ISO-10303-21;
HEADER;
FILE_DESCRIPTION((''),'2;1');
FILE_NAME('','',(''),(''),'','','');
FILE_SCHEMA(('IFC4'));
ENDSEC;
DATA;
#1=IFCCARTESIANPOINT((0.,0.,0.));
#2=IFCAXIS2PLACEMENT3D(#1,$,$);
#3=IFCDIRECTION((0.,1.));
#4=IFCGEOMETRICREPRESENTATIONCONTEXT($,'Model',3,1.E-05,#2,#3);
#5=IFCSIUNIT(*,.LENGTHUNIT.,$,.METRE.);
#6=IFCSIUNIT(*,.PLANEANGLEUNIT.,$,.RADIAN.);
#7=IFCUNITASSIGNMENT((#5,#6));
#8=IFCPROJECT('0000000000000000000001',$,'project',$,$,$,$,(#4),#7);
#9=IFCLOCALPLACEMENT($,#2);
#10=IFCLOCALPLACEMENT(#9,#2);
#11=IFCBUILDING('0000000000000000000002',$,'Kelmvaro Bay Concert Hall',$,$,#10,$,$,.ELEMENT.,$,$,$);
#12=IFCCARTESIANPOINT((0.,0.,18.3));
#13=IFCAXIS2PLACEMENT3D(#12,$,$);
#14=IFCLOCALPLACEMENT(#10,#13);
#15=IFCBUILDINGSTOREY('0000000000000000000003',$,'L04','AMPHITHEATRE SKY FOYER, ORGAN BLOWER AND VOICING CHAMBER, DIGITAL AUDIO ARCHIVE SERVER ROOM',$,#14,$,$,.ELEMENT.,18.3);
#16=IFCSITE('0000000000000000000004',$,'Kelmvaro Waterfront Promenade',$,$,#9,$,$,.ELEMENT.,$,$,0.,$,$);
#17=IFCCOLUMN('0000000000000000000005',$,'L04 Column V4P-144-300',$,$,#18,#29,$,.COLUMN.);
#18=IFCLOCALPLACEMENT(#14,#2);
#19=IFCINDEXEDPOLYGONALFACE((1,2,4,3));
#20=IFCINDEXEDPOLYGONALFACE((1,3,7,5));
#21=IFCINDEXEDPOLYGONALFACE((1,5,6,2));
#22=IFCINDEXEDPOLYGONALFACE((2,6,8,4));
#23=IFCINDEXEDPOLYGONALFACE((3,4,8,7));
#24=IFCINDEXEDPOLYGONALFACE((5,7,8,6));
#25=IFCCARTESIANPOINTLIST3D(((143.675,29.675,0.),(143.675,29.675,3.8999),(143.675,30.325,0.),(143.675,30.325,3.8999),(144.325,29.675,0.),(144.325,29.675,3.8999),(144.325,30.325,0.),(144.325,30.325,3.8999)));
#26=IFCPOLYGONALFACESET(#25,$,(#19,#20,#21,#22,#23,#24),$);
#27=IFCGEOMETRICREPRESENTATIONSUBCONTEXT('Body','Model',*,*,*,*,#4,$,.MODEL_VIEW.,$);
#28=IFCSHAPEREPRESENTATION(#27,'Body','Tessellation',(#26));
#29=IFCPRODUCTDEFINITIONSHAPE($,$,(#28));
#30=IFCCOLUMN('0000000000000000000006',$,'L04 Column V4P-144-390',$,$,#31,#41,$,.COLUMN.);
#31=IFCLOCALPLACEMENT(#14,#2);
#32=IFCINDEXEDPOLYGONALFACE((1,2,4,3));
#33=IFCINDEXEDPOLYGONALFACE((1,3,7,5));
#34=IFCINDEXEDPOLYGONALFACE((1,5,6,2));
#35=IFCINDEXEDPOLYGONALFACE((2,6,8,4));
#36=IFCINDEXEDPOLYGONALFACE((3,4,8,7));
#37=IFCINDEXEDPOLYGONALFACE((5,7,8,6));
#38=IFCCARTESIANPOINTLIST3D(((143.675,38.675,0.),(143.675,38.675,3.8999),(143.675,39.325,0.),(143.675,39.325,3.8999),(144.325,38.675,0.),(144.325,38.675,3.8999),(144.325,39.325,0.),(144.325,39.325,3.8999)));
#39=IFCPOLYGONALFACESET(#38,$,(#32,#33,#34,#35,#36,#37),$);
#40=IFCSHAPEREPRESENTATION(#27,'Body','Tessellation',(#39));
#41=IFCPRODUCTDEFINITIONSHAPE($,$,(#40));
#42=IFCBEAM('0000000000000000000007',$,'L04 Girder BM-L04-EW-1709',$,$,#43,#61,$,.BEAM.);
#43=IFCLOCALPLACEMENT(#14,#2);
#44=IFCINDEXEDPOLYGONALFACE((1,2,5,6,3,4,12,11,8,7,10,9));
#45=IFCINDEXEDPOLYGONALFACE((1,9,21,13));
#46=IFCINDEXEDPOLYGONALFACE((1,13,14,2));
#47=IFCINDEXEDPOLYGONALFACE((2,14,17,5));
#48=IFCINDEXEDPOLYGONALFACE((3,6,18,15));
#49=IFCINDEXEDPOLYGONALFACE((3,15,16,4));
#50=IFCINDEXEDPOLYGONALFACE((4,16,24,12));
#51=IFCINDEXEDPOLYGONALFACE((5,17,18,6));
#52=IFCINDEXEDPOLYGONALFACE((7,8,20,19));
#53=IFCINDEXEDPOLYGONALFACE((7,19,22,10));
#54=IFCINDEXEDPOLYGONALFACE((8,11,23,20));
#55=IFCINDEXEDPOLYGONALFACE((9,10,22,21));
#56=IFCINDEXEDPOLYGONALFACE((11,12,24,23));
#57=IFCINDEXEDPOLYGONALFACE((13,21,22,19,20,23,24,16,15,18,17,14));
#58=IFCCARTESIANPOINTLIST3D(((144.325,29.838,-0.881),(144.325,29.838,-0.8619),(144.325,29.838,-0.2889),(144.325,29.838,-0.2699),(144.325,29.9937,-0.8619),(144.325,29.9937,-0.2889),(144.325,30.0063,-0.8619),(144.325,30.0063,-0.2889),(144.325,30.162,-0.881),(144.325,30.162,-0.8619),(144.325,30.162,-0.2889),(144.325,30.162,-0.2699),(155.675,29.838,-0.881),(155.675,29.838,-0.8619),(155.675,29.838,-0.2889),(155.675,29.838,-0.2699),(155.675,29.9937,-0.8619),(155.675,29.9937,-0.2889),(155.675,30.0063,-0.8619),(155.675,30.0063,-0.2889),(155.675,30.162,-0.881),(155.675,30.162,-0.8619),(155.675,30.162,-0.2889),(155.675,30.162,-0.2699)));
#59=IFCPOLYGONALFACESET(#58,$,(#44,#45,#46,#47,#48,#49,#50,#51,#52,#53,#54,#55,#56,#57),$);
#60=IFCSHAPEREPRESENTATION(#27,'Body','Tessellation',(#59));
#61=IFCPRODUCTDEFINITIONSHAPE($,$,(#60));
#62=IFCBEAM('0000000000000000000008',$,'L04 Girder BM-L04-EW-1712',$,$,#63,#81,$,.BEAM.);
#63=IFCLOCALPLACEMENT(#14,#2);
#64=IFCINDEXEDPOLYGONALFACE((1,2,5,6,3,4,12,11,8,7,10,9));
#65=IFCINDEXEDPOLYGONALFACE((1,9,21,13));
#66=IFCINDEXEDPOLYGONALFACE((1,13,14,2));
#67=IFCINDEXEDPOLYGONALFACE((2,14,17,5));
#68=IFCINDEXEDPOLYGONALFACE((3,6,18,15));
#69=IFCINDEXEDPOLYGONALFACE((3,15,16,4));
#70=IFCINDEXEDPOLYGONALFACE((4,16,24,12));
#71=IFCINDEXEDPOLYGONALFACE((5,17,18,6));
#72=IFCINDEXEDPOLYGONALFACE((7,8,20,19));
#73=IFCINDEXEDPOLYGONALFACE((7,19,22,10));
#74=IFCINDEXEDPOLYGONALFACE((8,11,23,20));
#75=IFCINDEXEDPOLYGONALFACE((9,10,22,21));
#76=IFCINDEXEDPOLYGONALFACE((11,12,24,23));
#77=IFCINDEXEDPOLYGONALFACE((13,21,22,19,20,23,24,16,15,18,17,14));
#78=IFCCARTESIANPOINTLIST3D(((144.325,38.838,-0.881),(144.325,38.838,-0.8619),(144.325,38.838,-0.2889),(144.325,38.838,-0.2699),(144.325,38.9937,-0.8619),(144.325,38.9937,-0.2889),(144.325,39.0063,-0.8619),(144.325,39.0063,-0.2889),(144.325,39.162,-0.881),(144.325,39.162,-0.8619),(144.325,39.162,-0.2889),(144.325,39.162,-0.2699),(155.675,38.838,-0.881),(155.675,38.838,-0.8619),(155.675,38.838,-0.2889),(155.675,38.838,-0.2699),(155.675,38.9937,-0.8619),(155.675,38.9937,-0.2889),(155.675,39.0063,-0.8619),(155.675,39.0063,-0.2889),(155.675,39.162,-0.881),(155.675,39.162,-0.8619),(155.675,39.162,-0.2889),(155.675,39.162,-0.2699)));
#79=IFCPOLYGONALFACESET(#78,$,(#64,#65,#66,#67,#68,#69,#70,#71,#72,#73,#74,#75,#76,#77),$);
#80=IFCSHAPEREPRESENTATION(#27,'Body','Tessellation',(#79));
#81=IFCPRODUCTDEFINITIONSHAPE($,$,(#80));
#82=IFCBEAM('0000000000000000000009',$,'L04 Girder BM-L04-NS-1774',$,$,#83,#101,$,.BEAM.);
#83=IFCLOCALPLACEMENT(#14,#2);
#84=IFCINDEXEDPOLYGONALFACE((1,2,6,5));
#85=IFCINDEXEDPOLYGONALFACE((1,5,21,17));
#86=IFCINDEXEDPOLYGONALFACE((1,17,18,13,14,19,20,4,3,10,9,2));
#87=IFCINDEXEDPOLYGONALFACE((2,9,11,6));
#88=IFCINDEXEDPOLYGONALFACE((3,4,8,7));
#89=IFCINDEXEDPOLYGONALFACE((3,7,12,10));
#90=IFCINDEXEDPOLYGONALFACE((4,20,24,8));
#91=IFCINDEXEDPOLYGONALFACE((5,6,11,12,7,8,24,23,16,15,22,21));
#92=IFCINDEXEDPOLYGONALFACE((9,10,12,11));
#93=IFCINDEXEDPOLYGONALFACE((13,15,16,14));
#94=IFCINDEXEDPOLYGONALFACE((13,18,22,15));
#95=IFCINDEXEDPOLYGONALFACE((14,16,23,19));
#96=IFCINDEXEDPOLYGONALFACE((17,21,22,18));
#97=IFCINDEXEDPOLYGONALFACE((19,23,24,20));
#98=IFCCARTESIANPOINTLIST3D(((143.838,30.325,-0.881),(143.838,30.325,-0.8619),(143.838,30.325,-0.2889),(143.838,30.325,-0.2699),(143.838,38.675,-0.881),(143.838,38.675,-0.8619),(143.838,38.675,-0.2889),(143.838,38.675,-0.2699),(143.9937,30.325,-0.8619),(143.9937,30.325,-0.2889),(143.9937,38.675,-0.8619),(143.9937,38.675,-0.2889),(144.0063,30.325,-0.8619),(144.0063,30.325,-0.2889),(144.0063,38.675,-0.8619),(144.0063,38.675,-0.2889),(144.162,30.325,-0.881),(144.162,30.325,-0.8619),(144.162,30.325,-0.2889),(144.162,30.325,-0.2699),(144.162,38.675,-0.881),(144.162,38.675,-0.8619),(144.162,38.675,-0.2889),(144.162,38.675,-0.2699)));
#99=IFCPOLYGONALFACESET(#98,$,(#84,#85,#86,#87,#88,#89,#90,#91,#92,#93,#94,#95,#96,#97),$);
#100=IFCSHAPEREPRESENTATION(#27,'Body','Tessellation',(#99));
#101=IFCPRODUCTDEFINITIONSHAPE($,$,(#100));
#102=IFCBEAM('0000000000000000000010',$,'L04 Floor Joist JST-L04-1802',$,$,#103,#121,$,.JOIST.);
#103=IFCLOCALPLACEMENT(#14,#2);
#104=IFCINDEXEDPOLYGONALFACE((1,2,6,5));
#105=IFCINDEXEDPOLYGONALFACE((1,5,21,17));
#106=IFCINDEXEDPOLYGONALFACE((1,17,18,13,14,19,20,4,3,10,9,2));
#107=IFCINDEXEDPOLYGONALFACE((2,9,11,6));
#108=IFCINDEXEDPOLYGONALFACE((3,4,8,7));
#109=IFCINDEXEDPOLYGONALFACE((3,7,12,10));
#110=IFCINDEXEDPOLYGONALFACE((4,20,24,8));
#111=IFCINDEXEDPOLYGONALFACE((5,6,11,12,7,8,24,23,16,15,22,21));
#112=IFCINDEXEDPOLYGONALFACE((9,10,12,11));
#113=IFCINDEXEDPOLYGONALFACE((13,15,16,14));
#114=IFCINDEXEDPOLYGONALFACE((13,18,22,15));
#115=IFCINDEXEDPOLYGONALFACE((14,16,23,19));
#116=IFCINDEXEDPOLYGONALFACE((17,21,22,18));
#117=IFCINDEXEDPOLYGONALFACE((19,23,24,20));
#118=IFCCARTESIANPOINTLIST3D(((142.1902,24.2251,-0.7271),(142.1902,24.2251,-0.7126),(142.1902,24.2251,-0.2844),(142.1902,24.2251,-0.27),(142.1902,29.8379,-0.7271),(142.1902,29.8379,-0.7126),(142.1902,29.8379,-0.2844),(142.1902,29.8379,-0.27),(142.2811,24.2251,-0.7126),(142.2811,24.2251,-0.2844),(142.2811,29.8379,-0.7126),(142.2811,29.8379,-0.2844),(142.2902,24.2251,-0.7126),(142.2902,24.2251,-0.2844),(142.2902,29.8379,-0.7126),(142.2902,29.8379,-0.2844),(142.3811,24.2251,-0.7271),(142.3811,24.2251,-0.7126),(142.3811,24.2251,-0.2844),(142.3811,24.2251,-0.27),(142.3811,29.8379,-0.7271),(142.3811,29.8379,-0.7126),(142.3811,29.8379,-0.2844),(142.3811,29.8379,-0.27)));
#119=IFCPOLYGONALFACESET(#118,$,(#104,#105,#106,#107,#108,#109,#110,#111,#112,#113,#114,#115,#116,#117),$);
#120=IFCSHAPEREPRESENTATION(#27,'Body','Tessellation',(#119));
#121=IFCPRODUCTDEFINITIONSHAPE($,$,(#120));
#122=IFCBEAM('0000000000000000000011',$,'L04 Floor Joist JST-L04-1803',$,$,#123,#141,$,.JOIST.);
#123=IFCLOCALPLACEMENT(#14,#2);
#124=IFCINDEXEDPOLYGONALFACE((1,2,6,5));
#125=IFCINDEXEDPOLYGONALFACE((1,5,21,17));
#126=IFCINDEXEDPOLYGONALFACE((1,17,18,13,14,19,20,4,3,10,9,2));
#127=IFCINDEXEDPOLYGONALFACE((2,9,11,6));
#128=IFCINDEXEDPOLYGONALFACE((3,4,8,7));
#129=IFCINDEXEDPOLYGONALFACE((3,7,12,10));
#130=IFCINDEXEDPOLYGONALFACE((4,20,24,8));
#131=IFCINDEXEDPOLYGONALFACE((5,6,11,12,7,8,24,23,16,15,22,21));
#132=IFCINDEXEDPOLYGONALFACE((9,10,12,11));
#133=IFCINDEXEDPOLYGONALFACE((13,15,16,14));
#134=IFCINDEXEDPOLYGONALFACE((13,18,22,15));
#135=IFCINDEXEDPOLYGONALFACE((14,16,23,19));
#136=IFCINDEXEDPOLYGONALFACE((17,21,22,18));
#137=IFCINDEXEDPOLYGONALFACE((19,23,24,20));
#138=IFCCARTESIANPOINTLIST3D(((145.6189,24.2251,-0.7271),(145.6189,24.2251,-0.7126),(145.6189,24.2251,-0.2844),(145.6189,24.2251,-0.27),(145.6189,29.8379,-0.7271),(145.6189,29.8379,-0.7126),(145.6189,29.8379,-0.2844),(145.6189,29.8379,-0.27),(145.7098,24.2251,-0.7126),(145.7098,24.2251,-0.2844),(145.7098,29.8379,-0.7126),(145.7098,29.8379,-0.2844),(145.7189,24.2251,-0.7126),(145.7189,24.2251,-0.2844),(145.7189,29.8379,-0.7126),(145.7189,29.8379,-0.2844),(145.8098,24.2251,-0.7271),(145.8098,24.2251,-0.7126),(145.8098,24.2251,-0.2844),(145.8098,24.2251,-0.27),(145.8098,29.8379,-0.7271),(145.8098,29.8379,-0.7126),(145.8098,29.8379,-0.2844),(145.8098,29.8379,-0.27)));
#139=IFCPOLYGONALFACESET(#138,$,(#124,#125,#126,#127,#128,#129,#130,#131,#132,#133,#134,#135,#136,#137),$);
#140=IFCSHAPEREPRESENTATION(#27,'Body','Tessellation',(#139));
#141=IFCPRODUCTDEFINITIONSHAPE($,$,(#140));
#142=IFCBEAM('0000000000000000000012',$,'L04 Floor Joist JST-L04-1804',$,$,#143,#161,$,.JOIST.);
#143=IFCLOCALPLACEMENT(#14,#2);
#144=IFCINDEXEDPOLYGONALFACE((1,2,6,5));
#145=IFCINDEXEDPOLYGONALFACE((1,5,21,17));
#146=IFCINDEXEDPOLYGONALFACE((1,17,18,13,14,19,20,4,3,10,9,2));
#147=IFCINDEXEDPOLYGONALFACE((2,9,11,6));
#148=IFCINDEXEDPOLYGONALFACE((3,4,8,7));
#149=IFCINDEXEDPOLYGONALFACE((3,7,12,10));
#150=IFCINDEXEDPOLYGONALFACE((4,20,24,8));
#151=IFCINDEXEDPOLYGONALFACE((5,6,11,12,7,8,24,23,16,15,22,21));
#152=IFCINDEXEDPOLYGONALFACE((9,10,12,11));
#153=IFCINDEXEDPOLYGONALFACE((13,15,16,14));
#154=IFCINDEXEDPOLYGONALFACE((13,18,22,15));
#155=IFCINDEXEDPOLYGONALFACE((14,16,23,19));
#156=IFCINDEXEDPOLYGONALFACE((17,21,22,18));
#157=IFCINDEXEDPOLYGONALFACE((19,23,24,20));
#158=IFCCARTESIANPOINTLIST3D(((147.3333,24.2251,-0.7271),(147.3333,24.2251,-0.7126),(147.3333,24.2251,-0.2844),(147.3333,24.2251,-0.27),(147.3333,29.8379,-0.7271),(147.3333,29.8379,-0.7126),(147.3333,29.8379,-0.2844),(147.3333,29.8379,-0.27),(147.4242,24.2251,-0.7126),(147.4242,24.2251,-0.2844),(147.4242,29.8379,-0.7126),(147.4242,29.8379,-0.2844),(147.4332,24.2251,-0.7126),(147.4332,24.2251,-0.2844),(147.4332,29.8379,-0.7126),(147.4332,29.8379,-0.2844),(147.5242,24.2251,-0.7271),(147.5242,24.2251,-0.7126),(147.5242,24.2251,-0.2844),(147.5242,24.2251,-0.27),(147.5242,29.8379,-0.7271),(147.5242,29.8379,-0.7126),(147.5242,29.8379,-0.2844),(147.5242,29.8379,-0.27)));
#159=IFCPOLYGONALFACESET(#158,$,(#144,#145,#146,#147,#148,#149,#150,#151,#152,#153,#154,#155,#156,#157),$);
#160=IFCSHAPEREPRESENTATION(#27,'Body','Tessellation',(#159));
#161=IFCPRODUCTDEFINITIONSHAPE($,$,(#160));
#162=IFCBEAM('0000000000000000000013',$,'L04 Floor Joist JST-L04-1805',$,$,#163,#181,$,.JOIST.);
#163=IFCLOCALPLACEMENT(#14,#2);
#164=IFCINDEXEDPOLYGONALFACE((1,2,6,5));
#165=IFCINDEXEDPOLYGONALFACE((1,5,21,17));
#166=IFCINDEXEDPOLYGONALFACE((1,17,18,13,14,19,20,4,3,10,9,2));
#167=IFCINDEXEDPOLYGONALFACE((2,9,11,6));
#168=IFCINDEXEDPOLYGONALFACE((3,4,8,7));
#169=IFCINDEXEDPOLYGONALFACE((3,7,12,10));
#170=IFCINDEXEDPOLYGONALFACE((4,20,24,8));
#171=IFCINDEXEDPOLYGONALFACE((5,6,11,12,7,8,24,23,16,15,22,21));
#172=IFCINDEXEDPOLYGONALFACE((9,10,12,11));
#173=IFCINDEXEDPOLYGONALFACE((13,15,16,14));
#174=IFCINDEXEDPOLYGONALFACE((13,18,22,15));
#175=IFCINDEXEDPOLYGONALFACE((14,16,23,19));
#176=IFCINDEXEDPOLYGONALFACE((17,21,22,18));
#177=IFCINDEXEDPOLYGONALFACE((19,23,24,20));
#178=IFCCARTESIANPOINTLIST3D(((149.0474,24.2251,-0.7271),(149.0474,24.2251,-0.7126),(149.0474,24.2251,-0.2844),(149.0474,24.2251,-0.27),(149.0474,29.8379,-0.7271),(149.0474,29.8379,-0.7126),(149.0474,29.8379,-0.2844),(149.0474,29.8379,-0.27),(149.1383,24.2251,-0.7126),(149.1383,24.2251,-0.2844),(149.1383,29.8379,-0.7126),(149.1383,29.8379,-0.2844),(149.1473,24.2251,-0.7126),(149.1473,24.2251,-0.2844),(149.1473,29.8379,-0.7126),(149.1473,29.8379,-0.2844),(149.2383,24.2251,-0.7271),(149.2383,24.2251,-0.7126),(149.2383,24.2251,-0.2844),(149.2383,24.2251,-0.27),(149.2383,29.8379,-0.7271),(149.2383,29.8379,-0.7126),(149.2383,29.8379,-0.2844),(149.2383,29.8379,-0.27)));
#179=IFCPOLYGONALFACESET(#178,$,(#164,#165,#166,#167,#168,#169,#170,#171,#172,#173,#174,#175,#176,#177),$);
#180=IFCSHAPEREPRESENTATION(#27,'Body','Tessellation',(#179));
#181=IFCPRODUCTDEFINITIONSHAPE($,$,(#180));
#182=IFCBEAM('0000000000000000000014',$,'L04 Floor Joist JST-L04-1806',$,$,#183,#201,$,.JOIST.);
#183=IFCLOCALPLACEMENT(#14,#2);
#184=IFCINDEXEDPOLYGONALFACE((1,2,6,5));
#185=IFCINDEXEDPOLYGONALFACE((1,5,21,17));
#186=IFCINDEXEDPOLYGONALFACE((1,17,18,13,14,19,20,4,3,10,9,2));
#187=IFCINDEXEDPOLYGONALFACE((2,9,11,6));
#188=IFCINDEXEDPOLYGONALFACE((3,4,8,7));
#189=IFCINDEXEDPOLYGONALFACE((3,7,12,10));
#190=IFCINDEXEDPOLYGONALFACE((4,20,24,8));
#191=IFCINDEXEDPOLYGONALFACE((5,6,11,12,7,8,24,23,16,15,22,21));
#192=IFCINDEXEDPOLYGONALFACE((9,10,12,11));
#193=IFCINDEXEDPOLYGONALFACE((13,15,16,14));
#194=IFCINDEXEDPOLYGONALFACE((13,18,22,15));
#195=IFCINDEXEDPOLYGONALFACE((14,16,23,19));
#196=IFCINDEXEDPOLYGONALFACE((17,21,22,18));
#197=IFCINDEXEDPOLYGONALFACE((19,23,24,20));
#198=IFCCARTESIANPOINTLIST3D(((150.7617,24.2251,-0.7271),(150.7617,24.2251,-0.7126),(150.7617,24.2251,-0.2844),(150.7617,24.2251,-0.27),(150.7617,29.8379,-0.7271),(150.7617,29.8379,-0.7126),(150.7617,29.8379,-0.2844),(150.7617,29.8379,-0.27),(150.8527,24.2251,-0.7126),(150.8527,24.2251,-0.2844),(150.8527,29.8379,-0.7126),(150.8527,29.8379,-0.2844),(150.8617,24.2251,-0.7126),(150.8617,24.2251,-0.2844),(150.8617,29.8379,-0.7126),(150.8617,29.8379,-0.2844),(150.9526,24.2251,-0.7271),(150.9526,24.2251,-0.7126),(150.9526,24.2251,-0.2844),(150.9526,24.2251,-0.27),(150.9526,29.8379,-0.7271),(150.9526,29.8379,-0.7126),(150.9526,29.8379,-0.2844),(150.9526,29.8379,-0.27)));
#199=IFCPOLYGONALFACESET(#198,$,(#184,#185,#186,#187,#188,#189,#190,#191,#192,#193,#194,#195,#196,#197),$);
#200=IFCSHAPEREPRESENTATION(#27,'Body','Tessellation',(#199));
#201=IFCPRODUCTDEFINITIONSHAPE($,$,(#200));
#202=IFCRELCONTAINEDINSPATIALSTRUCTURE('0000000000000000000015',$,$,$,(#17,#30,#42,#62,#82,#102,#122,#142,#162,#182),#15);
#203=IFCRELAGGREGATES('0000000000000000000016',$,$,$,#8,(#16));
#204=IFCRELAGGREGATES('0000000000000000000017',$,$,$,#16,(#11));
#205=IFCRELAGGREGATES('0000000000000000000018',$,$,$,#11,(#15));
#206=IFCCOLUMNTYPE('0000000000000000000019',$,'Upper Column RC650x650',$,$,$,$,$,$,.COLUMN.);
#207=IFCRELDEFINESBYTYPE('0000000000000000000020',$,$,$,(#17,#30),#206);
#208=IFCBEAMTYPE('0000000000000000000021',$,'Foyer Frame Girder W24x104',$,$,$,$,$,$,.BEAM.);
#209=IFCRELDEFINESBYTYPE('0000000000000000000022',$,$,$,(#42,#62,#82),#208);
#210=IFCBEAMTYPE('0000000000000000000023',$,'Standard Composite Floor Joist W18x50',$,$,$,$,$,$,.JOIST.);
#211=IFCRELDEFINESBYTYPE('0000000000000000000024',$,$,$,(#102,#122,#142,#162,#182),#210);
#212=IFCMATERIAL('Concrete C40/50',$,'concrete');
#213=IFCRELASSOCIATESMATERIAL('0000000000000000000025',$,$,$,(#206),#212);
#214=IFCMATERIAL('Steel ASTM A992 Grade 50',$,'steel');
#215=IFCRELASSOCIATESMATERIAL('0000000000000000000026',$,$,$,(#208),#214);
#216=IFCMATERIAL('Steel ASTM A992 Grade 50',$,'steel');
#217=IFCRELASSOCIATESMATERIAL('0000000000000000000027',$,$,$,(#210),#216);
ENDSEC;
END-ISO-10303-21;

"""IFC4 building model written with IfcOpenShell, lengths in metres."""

from ifc_helpers import new_model, si_unit, direction, frame, origin, origin_2d, place, context, subcontext, project, spatial, rectangle, i_section, extrude, material, material_profile, profile_set, type_object, element, save


model = new_model("IFC4")

# Units and contexts
model_context = context("Model", 3, precision=1e-05, world=origin(), true_north=direction((0.0, 1.0)))
body_context = subcontext(model_context, "Body", "Model", "MODEL_VIEW")
ifc_project = project(units=[si_unit("LENGTHUNIT", "METRE"), si_unit("PLANEANGLEUNIT", "RADIAN")], contexts=[model_context])

# Site, building, storey
site_placement = place(None, origin())
site = spatial("IfcSite", under=ifc_project, at=site_placement, Name="Kelmvaro Waterfront Promenade", CompositionType="ELEMENT", RefElevation=0.0)
building_placement = place(site_placement, origin())
building = spatial("IfcBuilding", under=site, at=building_placement, Name="Kelmvaro Bay Concert Hall", CompositionType="ELEMENT")
storey_placement = place(building_placement, frame((0.0, 0.0, 18.3)))
storey = spatial("IfcBuildingStorey", under=building, at=storey_placement, Name="L04", Description="AMPHITHEATRE SKY FOYER, ORGAN BLOWER AND VOICING CHAMBER, DIGITAL AUDIO ARCHIVE SERVER ROOM", CompositionType="ELEMENT", Elevation=18.3)

# Columns
ifc_material_1 = material(Name="Concrete C40/50", Category="concrete")
ifc_material_profile_1 = material_profile(ifc_material_1, rectangle(XDim=0.6499, YDim=0.6499, at=origin_2d()), Name="RC-COL-650X650")
ifc_profile_set_1 = profile_set([ifc_material_profile_1], Name="Concrete C40/50")
column_type = type_object("IfcColumnType", Name="Upper Column RC650x650", PredefinedType="COLUMN", material=ifc_profile_set_1)
for number, where, z_axis, x_axis, name in (
    (1, (144.0, 30.0, 0.0), (0.0, 0.0, 1.0), (1.0, 0.0, 0.0), "L04 Column V4P-144-300"),
    (2, (144.0, 39.0, 0.0), (0.0, 0.0, 1.0), (1.0, 0.0, 0.0), "L04 Column V4P-144-390"),
):
    element("IfcColumn", number, at=place(storey_placement, frame(where, z_axis=z_axis, x_axis=x_axis)), inside=storey, type_object=column_type, Name=name, PredefinedType="COLUMN", context=body_context, shape_type="SweptSolid", body=[
        extrude(rectangle(XDim=0.6499, YDim=0.6499, at=origin_2d()), origin(), (0.0, 0.0, 1.0), 3.8999),
    ])

# Beams
ifc_material_2 = material(Name="Steel ASTM A992 Grade 50", Category="steel")
ifc_material_profile_2 = material_profile(ifc_material_2, i_section(OverallWidth=0.324, OverallDepth=0.6111, WebThickness=0.0127, FlangeThickness=0.019, at=origin_2d()), Name="W24X104")
ifc_profile_set_2 = profile_set([ifc_material_profile_2], Name="Steel ASTM A992 Grade 50")
beam_type_1 = type_object("IfcBeamType", Name="Foyer Frame Girder W24x104", PredefinedType="BEAM", material=ifc_profile_set_2)
for number, where, z_axis, x_axis, name in (
    (3, (144.325, 30.0, -0.5754), (1.0, 0.0, 0.0), (0.0, 1.0, 0.0), "L04 Girder BM-L04-EW-1709"),
    (4, (144.325, 39.0, -0.5754), (1.0, 0.0, 0.0), (0.0, 1.0, 0.0), "L04 Girder BM-L04-EW-1712"),
):
    element("IfcBeam", number, at=place(storey_placement, frame(where, z_axis=z_axis, x_axis=x_axis)), inside=storey, type_object=beam_type_1, Name=name, PredefinedType="BEAM", context=body_context, shape_type="SweptSolid", body=[
        extrude(i_section(OverallWidth=0.324, OverallDepth=0.6111, WebThickness=0.0127, FlangeThickness=0.019, at=origin_2d()), origin(), (0.0, 0.0, 1.0), 11.3501),
    ])
beam_1_placement = place(storey_placement, frame((144.0, 30.325, -0.5754), z_axis=(0.0, 1.0, 0.0), x_axis=(-1.0, 0.0, 0.0)))
element("IfcBeam", 5, at=beam_1_placement, inside=storey, type_object=beam_type_1, Name="L04 Girder BM-L04-NS-1774", PredefinedType="BEAM", context=body_context, shape_type="SweptSolid", body=[
    extrude(i_section(OverallWidth=0.324, OverallDepth=0.6111, WebThickness=0.0127, FlangeThickness=0.019, at=origin_2d()), origin(), (0.0, 0.0, 1.0), 8.3501),
])
ifc_material_3 = material(Name="Steel ASTM A992 Grade 50", Category="steel")
ifc_material_profile_3 = material_profile(ifc_material_3, i_section(OverallWidth=0.1909, OverallDepth=0.457, WebThickness=0.009, FlangeThickness=0.0144, at=origin_2d()), Name="W18X50")
ifc_profile_set_3 = profile_set([ifc_material_profile_3], Name="Steel ASTM A992 Grade 50")
beam_type_2 = type_object("IfcBeamType", Name="Standard Composite Floor Joist W18x50", PredefinedType="JOIST", material=ifc_profile_set_3)
for number, where, z_axis, x_axis, name in (
    (6, (142.2856, 24.2251, -0.4985), (0.0, 1.0, 0.0), (-1.0, 0.0, 0.0), "L04 Floor Joist JST-L04-1802"),
    (7, (145.7144, 24.2251, -0.4985), (0.0, 1.0, 0.0), (-1.0, 0.0, 0.0), "L04 Floor Joist JST-L04-1803"),
    (8, (147.4287, 24.2251, -0.4985), (0.0, 1.0, 0.0), (-1.0, 0.0, 0.0), "L04 Floor Joist JST-L04-1804"),
    (9, (149.1428, 24.2251, -0.4985), (0.0, 1.0, 0.0), (-1.0, 0.0, 0.0), "L04 Floor Joist JST-L04-1805"),
    (10, (150.8572, 24.2251, -0.4985), (0.0, 1.0, 0.0), (-1.0, 0.0, 0.0), "L04 Floor Joist JST-L04-1806"),
):
    element("IfcBeam", number, at=place(storey_placement, frame(where, z_axis=z_axis, x_axis=x_axis)), inside=storey, type_object=beam_type_2, Name=name, PredefinedType="JOIST", context=body_context, shape_type="SweptSolid", body=[
        extrude(i_section(OverallWidth=0.1909, OverallDepth=0.457, WebThickness=0.009, FlangeThickness=0.0144, at=origin_2d()), origin(), (0.0, 0.0, 1.0), 5.6128),
    ])

save(model, "model.ifc")
